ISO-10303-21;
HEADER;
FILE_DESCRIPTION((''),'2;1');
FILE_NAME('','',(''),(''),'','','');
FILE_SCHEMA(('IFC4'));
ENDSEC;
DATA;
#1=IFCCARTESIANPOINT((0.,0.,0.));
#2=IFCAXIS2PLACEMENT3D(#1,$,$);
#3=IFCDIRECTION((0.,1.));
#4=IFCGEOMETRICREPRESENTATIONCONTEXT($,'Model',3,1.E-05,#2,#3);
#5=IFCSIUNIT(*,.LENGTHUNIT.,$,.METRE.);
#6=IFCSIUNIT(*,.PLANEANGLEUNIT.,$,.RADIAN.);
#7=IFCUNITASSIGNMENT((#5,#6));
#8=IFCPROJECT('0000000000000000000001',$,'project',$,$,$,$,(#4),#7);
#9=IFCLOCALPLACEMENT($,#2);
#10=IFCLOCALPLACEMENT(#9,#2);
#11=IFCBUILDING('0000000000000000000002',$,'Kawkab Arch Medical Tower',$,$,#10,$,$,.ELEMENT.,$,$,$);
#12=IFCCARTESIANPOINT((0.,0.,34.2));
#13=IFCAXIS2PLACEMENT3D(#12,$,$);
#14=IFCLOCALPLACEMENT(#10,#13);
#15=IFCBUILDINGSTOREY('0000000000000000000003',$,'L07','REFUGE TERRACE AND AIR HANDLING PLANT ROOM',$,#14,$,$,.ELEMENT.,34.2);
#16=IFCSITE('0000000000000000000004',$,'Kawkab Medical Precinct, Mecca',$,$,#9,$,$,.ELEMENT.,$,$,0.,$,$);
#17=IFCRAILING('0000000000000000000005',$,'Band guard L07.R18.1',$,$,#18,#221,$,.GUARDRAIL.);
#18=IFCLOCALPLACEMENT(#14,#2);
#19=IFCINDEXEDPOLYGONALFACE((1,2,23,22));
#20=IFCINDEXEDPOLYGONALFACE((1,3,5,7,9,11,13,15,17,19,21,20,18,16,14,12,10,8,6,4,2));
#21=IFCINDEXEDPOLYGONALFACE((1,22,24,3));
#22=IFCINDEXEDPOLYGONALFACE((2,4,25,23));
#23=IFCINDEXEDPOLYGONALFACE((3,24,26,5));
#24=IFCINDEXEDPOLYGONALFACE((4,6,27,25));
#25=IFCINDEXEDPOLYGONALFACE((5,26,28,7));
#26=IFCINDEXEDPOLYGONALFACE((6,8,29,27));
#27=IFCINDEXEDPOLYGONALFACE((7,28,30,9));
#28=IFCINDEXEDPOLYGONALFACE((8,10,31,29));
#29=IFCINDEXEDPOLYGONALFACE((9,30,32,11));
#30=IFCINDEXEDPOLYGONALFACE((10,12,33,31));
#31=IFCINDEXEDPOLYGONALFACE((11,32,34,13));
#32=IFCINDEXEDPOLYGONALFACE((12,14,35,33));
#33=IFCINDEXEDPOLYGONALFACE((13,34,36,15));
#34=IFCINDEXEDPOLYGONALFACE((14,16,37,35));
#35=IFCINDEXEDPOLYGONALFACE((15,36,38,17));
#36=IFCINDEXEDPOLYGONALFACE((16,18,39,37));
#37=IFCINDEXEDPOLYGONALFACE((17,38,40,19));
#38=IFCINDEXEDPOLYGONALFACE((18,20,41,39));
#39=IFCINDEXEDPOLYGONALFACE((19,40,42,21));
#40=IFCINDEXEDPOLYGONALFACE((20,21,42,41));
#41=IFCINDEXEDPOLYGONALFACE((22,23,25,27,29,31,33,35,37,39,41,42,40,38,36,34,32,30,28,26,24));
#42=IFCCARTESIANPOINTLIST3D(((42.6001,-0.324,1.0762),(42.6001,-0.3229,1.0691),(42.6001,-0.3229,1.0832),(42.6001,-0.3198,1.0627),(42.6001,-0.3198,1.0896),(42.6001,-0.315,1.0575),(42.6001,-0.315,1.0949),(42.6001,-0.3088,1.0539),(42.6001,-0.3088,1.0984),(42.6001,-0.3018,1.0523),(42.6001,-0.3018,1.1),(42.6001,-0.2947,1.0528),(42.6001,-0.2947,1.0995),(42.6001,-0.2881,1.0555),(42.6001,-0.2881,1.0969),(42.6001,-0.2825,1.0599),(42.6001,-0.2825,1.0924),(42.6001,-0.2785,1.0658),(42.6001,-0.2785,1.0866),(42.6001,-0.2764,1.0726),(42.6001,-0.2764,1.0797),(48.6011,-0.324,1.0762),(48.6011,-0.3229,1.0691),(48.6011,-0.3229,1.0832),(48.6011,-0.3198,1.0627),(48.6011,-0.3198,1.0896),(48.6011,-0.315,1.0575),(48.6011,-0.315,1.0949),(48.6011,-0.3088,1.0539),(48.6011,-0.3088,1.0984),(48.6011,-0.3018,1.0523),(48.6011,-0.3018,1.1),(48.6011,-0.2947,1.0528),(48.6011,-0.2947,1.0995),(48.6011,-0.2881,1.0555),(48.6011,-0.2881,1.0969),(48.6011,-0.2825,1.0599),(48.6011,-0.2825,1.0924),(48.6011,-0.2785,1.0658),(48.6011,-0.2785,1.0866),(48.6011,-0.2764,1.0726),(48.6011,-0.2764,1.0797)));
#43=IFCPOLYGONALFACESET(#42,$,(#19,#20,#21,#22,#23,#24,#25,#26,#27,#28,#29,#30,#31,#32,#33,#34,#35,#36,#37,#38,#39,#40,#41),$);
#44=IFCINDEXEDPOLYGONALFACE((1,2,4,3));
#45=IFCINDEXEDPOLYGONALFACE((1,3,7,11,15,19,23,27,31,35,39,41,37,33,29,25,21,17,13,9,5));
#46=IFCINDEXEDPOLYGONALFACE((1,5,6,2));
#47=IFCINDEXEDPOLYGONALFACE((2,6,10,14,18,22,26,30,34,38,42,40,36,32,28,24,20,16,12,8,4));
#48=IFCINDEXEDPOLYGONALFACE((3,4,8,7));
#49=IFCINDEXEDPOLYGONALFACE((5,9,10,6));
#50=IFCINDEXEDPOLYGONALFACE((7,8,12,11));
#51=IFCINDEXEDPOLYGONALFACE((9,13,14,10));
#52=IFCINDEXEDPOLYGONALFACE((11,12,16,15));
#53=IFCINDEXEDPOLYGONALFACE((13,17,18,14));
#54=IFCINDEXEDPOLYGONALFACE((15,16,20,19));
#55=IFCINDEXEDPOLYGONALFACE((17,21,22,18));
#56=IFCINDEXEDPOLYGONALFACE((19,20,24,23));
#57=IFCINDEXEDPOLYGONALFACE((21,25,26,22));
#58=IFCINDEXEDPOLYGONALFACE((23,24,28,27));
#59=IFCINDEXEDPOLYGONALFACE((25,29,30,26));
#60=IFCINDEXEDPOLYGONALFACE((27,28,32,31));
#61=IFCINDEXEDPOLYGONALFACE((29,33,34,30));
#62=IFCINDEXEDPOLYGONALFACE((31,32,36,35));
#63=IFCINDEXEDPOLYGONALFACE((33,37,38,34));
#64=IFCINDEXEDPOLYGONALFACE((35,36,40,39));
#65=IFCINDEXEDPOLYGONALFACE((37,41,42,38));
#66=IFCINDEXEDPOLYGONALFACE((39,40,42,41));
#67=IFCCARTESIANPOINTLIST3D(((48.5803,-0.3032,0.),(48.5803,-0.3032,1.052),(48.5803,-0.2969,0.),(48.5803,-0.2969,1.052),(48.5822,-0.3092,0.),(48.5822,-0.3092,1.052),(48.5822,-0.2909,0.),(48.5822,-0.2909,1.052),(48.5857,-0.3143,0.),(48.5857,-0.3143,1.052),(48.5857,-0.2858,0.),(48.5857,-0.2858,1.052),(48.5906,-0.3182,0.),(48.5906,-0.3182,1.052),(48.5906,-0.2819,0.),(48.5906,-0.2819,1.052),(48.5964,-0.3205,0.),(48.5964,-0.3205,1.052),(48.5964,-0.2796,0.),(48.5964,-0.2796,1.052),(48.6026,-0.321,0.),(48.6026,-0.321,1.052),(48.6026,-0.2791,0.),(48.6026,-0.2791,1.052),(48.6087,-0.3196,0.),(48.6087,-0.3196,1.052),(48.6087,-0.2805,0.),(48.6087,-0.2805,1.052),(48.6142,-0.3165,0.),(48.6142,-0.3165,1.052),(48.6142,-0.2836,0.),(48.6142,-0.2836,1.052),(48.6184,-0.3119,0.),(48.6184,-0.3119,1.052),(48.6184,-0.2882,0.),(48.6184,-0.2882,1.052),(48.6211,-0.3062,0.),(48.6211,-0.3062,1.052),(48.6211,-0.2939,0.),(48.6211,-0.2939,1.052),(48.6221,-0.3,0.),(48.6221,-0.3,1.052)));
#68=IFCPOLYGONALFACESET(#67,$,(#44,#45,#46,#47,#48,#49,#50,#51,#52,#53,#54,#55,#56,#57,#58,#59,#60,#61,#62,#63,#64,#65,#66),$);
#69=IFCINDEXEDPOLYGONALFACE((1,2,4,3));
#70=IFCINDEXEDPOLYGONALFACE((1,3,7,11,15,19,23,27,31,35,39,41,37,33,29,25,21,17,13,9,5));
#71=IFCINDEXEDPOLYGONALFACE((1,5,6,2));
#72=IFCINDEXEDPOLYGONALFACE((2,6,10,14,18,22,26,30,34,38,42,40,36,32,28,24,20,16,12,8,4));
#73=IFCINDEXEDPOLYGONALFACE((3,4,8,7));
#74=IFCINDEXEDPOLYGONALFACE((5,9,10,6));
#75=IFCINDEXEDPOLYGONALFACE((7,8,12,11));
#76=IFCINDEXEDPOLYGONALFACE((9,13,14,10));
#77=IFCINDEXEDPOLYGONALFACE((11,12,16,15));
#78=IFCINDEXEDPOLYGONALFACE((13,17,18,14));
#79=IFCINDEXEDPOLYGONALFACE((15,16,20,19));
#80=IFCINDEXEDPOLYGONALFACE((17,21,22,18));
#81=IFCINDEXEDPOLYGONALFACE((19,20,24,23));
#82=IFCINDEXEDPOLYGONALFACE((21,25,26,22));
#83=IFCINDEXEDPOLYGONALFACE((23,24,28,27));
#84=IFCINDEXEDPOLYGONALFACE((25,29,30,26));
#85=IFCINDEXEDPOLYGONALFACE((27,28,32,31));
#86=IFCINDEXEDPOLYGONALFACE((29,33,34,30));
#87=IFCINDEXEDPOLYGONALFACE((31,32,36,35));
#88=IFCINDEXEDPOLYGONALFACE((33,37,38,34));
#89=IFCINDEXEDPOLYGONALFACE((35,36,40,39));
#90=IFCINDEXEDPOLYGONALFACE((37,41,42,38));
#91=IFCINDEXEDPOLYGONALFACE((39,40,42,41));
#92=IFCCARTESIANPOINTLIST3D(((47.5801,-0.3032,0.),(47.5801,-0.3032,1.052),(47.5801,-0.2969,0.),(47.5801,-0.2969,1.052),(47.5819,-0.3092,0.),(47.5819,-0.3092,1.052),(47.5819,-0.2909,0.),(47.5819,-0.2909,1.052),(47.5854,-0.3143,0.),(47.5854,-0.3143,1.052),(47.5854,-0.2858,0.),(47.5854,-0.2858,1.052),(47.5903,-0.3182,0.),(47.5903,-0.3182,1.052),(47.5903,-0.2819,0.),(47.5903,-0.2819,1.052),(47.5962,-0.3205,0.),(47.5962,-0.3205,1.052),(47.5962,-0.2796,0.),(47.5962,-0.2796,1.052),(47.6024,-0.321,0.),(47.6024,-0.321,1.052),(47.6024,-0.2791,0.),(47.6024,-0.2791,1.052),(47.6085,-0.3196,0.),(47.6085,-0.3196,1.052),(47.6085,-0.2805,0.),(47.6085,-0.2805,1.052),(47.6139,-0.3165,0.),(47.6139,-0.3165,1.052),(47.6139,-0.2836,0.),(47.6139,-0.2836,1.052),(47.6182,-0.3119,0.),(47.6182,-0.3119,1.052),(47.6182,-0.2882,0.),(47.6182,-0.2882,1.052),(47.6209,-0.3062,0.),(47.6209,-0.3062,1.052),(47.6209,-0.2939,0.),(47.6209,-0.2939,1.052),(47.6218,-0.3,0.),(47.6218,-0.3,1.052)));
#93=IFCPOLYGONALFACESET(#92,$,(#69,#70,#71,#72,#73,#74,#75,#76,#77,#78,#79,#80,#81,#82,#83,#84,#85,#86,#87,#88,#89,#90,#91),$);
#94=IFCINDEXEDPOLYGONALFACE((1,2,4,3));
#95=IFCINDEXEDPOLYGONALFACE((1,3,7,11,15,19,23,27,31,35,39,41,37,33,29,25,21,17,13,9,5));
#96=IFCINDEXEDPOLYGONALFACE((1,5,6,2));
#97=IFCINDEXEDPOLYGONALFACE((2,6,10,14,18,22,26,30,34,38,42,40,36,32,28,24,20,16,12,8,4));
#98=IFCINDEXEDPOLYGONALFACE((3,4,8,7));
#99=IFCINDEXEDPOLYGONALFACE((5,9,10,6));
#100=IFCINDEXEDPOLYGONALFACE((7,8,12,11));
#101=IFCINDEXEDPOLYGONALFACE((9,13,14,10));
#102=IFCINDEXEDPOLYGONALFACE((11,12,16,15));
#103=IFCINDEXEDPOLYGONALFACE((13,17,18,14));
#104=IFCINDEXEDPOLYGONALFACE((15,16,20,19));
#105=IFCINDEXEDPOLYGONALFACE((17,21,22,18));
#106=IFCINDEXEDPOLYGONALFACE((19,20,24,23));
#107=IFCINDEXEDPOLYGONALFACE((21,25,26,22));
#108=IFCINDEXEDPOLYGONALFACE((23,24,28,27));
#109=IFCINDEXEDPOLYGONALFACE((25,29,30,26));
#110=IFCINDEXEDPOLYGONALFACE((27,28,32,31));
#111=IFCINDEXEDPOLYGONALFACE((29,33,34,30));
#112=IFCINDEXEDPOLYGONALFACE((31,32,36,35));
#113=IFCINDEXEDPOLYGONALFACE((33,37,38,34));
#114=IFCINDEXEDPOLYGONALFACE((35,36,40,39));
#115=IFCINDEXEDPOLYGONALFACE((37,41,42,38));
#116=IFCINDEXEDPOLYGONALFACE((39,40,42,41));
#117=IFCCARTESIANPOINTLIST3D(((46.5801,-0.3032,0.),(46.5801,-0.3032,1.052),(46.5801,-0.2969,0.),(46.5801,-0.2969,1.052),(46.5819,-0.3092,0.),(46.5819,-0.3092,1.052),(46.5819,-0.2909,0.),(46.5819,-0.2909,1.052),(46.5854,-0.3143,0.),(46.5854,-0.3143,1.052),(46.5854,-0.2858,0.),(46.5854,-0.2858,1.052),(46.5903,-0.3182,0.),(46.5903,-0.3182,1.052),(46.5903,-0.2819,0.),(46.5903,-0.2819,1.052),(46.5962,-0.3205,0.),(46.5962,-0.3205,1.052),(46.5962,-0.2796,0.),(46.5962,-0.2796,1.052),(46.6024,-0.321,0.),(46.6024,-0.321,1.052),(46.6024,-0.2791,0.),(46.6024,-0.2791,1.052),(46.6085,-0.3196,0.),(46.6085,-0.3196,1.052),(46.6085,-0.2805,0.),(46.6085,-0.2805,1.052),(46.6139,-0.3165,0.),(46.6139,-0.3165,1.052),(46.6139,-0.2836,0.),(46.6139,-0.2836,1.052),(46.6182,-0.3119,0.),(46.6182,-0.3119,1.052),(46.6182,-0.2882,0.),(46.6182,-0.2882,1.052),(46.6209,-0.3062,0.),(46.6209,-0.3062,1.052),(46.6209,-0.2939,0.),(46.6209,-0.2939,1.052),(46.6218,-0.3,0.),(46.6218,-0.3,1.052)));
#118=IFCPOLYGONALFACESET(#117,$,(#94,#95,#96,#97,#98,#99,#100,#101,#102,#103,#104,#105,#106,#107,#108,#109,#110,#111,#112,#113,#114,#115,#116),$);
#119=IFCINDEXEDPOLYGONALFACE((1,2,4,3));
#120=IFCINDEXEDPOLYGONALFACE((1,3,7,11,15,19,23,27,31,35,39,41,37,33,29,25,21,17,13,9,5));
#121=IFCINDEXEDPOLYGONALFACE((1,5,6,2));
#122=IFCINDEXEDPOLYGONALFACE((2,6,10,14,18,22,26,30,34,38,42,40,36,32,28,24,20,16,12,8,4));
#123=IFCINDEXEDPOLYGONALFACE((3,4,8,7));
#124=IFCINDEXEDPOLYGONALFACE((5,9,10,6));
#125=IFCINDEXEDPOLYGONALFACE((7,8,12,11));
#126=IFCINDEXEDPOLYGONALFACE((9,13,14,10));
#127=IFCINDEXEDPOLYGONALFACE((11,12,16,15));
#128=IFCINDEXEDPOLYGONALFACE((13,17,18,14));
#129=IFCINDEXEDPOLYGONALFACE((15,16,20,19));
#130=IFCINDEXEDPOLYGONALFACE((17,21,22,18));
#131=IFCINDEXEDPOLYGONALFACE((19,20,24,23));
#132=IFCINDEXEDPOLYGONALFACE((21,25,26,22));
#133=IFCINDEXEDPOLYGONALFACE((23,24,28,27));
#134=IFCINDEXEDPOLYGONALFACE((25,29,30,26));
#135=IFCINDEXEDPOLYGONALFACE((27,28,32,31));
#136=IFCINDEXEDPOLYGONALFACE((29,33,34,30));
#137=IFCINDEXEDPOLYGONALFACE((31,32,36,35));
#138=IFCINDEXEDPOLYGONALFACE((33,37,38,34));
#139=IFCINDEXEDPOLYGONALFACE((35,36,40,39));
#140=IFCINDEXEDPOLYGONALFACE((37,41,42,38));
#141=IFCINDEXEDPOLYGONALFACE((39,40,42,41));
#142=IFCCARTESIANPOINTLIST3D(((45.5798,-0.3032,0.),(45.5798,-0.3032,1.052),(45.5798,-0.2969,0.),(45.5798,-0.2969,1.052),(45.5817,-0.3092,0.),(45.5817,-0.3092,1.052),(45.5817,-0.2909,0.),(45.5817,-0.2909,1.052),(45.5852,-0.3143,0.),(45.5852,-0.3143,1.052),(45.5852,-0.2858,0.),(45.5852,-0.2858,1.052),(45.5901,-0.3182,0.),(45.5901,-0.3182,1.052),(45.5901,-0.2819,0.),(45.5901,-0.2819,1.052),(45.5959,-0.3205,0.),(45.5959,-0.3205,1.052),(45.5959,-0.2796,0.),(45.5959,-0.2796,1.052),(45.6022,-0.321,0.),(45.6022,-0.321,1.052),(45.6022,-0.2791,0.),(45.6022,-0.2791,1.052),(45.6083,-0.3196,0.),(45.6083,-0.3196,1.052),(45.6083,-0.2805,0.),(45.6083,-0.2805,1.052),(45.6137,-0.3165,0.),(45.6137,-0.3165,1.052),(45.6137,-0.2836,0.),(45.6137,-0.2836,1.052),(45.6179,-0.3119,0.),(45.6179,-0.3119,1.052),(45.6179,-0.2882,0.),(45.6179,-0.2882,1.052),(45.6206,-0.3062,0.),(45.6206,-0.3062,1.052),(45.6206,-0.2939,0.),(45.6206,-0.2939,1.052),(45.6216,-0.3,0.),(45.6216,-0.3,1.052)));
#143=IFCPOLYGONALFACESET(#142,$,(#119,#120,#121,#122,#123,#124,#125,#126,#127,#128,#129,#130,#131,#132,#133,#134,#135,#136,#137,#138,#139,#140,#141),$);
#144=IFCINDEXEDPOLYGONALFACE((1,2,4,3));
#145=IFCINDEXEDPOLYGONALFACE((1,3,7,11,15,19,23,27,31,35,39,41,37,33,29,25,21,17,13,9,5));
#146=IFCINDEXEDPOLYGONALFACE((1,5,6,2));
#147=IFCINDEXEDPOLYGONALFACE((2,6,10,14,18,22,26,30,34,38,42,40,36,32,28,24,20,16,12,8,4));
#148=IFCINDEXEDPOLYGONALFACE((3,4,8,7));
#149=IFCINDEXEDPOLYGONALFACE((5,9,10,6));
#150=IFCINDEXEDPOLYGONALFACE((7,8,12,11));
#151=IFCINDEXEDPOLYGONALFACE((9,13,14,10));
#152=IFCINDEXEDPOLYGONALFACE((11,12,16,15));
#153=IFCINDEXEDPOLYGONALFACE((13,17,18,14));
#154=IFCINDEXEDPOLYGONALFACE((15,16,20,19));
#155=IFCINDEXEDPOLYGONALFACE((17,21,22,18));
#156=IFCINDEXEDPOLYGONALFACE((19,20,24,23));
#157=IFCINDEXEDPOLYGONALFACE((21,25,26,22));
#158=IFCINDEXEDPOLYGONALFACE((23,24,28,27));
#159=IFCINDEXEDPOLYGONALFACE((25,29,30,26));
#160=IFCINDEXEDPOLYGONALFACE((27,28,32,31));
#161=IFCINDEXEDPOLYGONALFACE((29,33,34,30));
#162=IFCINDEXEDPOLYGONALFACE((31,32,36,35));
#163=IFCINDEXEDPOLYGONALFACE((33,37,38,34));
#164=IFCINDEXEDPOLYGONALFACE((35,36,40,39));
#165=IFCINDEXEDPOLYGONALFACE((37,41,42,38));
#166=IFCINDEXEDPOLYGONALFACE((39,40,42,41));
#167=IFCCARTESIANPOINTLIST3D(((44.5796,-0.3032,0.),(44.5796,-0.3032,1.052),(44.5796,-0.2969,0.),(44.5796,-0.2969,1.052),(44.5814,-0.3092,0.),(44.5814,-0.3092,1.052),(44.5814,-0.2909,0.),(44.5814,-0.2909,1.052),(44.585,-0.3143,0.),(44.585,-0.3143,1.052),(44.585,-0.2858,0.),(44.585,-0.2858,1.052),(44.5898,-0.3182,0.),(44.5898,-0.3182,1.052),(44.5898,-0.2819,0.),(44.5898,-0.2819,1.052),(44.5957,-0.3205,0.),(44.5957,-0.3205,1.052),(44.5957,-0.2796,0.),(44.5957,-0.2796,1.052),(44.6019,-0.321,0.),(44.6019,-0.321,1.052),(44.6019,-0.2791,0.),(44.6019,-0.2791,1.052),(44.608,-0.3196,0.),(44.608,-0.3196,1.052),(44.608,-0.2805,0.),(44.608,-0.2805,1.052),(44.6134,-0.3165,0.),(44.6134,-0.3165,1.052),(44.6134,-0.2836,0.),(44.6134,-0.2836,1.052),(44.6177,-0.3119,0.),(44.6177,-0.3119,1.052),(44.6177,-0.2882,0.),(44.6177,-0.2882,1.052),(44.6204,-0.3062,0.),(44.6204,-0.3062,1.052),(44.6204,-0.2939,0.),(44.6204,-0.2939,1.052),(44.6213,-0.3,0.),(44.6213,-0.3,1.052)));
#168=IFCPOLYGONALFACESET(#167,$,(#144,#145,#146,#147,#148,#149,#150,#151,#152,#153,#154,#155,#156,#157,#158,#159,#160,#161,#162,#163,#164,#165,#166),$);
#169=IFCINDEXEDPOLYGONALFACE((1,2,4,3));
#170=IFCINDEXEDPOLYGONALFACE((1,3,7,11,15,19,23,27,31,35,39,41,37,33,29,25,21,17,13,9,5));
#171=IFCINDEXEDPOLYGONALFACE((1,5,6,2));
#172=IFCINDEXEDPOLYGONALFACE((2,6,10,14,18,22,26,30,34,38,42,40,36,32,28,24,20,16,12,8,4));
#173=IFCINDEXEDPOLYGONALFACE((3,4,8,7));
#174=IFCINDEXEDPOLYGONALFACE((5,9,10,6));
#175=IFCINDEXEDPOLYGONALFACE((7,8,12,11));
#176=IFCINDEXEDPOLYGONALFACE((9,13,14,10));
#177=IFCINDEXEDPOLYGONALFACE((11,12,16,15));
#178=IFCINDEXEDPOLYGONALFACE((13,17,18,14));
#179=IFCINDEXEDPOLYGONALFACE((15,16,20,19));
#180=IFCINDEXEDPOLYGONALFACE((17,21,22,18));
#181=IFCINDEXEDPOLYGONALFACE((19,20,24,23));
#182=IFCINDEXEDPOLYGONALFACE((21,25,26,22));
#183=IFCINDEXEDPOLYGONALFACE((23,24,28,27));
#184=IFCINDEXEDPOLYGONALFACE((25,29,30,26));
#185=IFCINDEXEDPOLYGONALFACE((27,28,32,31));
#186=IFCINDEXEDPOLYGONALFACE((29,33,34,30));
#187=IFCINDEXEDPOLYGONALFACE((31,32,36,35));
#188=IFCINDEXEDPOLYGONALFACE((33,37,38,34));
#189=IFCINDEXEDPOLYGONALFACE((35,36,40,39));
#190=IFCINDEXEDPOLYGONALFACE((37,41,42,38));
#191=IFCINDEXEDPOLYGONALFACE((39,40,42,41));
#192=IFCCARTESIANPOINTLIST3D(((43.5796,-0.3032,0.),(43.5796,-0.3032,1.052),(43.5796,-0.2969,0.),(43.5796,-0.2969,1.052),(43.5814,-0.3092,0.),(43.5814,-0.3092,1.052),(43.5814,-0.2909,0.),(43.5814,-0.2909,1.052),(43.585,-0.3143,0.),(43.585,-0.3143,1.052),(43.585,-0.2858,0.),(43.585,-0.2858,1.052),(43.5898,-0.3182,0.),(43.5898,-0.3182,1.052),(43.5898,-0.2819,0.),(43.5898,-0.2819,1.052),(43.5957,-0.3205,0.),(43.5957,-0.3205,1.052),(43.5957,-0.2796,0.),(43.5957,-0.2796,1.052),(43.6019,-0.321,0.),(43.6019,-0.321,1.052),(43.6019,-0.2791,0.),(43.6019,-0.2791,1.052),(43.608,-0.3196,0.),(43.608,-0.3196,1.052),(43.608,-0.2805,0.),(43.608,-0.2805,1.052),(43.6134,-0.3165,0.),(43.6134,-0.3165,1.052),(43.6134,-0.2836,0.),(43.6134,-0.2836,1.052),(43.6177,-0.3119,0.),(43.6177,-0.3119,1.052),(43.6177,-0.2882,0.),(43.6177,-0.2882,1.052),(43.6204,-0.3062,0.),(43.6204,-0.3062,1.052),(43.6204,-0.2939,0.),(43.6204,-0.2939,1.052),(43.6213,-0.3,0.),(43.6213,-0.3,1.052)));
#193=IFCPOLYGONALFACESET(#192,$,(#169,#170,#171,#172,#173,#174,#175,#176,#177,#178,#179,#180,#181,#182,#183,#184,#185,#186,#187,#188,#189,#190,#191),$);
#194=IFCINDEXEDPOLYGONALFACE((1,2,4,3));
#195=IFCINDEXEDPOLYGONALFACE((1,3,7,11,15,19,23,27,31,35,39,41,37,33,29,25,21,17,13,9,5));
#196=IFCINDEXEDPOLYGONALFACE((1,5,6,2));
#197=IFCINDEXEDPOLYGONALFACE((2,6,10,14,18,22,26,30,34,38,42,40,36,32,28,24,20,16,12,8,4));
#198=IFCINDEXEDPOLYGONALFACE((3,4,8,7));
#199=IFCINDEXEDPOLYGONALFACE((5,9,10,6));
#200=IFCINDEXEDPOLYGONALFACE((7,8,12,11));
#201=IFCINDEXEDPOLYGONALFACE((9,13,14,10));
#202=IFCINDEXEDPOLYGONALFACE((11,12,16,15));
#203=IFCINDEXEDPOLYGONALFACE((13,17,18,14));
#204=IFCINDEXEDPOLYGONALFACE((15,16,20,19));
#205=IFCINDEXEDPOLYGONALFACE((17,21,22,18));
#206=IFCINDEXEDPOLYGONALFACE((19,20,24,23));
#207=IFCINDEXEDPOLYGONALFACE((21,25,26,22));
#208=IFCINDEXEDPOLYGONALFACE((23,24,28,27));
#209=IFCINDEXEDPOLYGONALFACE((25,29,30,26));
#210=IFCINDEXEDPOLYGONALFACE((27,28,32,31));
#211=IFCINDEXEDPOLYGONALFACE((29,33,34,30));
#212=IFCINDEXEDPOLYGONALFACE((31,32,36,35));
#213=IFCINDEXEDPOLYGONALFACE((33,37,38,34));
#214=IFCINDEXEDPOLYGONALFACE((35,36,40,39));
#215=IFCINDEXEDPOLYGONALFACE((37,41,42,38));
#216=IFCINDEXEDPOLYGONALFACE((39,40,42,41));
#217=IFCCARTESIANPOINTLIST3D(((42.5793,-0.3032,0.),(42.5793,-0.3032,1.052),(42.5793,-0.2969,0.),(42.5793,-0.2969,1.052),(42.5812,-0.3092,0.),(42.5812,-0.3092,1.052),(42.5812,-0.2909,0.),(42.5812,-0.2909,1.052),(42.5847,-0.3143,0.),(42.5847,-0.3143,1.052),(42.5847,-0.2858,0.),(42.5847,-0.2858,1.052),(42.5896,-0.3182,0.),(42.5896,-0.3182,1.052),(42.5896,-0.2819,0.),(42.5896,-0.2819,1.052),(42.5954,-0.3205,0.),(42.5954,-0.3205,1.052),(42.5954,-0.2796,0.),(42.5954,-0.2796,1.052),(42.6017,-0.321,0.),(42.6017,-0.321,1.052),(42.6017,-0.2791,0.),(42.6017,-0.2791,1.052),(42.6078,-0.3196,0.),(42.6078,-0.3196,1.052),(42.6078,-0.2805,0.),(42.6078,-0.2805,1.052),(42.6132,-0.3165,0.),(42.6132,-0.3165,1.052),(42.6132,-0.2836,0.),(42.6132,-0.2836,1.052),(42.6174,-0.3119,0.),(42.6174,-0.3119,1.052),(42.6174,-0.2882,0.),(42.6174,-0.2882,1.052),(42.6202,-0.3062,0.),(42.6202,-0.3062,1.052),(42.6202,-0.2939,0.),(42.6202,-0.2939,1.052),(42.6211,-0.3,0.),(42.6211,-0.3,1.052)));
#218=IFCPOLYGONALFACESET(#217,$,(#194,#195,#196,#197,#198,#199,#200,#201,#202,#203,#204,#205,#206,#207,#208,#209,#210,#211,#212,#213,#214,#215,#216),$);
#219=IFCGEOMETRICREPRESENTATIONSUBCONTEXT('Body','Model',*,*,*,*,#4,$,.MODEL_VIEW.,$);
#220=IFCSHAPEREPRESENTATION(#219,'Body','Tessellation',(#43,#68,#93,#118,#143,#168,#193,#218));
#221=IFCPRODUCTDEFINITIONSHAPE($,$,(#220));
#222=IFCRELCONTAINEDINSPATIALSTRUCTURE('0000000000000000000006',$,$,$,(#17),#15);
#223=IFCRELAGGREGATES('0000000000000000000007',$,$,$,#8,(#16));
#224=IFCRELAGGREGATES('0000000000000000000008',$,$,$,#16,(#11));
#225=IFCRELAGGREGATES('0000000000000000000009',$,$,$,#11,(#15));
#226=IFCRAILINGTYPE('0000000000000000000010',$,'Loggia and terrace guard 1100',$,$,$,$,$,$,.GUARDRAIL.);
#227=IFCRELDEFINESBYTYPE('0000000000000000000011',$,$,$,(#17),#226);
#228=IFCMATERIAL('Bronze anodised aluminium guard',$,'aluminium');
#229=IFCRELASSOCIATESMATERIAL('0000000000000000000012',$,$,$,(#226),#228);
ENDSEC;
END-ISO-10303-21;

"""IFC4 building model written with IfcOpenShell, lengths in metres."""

from ifc_helpers import new_model, si_unit, direction, frame, origin, origin_2d, place, context, subcontext, project, spatial, circle, extrude, material, type_object, element, save


model = new_model("IFC4")

# Units and contexts
model_context = context("Model", 3, precision=1e-05, world=origin(), true_north=direction((0.0, 1.0)))
body_context = subcontext(model_context, "Body", "Model", "MODEL_VIEW")
ifc_project = project(units=[si_unit("LENGTHUNIT", "METRE"), si_unit("PLANEANGLEUNIT", "RADIAN")], contexts=[model_context])

# Site, building, storey
site_placement = place(None, origin())
site = spatial("IfcSite", under=ifc_project, at=site_placement, Name="Kawkab Medical Precinct, Mecca", CompositionType="ELEMENT", RefElevation=0.0)
building_placement = place(site_placement, origin())
building = spatial("IfcBuilding", under=site, at=building_placement, Name="Kawkab Arch Medical Tower", CompositionType="ELEMENT")
storey_placement = place(building_placement, frame((0.0, 0.0, 34.2)))
storey = spatial("IfcBuildingStorey", under=building, at=storey_placement, Name="L07", Description="REFUGE TERRACE AND AIR HANDLING PLANT ROOM", CompositionType="ELEMENT", Elevation=34.2)

# Railing
ifc_material_1 = material(Name="Bronze anodised aluminium guard", Category="aluminium")
railing_type = type_object("IfcRailingType", Name="Loggia and terrace guard 1100", PredefinedType="GUARDRAIL", material=ifc_material_1)
railing_placement = place(storey_placement, frame((48.6011, -0.3, 0.0)))
element("IfcRailing", 1, at=railing_placement, inside=storey, type_object=railing_type, Name="Band guard L07.R18.1", PredefinedType="GUARDRAIL", context=body_context, shape_type="SweptSolid", body=[
    extrude(circle(Radius=0.0239, at=origin_2d()), frame((0.0, 0.0, 1.0762), z_axis=(-1.0, 0.0, 0.0), x_axis=(0.0, -1.0, 0.0)), (0.0, 0.0, 1.0), 6.001),
    extrude(circle(Radius=0.021, at=origin_2d()), origin(), (0.0, 0.0, 1.0), 1.052),
    extrude(circle(Radius=0.021, at=origin_2d()), frame((-1.0002, 0.0, 0.0)), (0.0, 0.0, 1.0), 1.052),
    extrude(circle(Radius=0.021, at=origin_2d()), frame((-2.0002, 0.0, 0.0)), (0.0, 0.0, 1.0), 1.052),
    extrude(circle(Radius=0.021, at=origin_2d()), frame((-3.0005, 0.0, 0.0)), (0.0, 0.0, 1.0), 1.052),
    extrude(circle(Radius=0.021, at=origin_2d()), frame((-4.0007, 0.0, 0.0)), (0.0, 0.0, 1.0), 1.052),
    extrude(circle(Radius=0.021, at=origin_2d()), frame((-5.0007, 0.0, 0.0)), (0.0, 0.0, 1.0), 1.052),
    extrude(circle(Radius=0.021, at=origin_2d()), frame((-6.001, 0.0, 0.0)), (0.0, 0.0, 1.0), 1.052),
])

save(model, "model.ifc")
